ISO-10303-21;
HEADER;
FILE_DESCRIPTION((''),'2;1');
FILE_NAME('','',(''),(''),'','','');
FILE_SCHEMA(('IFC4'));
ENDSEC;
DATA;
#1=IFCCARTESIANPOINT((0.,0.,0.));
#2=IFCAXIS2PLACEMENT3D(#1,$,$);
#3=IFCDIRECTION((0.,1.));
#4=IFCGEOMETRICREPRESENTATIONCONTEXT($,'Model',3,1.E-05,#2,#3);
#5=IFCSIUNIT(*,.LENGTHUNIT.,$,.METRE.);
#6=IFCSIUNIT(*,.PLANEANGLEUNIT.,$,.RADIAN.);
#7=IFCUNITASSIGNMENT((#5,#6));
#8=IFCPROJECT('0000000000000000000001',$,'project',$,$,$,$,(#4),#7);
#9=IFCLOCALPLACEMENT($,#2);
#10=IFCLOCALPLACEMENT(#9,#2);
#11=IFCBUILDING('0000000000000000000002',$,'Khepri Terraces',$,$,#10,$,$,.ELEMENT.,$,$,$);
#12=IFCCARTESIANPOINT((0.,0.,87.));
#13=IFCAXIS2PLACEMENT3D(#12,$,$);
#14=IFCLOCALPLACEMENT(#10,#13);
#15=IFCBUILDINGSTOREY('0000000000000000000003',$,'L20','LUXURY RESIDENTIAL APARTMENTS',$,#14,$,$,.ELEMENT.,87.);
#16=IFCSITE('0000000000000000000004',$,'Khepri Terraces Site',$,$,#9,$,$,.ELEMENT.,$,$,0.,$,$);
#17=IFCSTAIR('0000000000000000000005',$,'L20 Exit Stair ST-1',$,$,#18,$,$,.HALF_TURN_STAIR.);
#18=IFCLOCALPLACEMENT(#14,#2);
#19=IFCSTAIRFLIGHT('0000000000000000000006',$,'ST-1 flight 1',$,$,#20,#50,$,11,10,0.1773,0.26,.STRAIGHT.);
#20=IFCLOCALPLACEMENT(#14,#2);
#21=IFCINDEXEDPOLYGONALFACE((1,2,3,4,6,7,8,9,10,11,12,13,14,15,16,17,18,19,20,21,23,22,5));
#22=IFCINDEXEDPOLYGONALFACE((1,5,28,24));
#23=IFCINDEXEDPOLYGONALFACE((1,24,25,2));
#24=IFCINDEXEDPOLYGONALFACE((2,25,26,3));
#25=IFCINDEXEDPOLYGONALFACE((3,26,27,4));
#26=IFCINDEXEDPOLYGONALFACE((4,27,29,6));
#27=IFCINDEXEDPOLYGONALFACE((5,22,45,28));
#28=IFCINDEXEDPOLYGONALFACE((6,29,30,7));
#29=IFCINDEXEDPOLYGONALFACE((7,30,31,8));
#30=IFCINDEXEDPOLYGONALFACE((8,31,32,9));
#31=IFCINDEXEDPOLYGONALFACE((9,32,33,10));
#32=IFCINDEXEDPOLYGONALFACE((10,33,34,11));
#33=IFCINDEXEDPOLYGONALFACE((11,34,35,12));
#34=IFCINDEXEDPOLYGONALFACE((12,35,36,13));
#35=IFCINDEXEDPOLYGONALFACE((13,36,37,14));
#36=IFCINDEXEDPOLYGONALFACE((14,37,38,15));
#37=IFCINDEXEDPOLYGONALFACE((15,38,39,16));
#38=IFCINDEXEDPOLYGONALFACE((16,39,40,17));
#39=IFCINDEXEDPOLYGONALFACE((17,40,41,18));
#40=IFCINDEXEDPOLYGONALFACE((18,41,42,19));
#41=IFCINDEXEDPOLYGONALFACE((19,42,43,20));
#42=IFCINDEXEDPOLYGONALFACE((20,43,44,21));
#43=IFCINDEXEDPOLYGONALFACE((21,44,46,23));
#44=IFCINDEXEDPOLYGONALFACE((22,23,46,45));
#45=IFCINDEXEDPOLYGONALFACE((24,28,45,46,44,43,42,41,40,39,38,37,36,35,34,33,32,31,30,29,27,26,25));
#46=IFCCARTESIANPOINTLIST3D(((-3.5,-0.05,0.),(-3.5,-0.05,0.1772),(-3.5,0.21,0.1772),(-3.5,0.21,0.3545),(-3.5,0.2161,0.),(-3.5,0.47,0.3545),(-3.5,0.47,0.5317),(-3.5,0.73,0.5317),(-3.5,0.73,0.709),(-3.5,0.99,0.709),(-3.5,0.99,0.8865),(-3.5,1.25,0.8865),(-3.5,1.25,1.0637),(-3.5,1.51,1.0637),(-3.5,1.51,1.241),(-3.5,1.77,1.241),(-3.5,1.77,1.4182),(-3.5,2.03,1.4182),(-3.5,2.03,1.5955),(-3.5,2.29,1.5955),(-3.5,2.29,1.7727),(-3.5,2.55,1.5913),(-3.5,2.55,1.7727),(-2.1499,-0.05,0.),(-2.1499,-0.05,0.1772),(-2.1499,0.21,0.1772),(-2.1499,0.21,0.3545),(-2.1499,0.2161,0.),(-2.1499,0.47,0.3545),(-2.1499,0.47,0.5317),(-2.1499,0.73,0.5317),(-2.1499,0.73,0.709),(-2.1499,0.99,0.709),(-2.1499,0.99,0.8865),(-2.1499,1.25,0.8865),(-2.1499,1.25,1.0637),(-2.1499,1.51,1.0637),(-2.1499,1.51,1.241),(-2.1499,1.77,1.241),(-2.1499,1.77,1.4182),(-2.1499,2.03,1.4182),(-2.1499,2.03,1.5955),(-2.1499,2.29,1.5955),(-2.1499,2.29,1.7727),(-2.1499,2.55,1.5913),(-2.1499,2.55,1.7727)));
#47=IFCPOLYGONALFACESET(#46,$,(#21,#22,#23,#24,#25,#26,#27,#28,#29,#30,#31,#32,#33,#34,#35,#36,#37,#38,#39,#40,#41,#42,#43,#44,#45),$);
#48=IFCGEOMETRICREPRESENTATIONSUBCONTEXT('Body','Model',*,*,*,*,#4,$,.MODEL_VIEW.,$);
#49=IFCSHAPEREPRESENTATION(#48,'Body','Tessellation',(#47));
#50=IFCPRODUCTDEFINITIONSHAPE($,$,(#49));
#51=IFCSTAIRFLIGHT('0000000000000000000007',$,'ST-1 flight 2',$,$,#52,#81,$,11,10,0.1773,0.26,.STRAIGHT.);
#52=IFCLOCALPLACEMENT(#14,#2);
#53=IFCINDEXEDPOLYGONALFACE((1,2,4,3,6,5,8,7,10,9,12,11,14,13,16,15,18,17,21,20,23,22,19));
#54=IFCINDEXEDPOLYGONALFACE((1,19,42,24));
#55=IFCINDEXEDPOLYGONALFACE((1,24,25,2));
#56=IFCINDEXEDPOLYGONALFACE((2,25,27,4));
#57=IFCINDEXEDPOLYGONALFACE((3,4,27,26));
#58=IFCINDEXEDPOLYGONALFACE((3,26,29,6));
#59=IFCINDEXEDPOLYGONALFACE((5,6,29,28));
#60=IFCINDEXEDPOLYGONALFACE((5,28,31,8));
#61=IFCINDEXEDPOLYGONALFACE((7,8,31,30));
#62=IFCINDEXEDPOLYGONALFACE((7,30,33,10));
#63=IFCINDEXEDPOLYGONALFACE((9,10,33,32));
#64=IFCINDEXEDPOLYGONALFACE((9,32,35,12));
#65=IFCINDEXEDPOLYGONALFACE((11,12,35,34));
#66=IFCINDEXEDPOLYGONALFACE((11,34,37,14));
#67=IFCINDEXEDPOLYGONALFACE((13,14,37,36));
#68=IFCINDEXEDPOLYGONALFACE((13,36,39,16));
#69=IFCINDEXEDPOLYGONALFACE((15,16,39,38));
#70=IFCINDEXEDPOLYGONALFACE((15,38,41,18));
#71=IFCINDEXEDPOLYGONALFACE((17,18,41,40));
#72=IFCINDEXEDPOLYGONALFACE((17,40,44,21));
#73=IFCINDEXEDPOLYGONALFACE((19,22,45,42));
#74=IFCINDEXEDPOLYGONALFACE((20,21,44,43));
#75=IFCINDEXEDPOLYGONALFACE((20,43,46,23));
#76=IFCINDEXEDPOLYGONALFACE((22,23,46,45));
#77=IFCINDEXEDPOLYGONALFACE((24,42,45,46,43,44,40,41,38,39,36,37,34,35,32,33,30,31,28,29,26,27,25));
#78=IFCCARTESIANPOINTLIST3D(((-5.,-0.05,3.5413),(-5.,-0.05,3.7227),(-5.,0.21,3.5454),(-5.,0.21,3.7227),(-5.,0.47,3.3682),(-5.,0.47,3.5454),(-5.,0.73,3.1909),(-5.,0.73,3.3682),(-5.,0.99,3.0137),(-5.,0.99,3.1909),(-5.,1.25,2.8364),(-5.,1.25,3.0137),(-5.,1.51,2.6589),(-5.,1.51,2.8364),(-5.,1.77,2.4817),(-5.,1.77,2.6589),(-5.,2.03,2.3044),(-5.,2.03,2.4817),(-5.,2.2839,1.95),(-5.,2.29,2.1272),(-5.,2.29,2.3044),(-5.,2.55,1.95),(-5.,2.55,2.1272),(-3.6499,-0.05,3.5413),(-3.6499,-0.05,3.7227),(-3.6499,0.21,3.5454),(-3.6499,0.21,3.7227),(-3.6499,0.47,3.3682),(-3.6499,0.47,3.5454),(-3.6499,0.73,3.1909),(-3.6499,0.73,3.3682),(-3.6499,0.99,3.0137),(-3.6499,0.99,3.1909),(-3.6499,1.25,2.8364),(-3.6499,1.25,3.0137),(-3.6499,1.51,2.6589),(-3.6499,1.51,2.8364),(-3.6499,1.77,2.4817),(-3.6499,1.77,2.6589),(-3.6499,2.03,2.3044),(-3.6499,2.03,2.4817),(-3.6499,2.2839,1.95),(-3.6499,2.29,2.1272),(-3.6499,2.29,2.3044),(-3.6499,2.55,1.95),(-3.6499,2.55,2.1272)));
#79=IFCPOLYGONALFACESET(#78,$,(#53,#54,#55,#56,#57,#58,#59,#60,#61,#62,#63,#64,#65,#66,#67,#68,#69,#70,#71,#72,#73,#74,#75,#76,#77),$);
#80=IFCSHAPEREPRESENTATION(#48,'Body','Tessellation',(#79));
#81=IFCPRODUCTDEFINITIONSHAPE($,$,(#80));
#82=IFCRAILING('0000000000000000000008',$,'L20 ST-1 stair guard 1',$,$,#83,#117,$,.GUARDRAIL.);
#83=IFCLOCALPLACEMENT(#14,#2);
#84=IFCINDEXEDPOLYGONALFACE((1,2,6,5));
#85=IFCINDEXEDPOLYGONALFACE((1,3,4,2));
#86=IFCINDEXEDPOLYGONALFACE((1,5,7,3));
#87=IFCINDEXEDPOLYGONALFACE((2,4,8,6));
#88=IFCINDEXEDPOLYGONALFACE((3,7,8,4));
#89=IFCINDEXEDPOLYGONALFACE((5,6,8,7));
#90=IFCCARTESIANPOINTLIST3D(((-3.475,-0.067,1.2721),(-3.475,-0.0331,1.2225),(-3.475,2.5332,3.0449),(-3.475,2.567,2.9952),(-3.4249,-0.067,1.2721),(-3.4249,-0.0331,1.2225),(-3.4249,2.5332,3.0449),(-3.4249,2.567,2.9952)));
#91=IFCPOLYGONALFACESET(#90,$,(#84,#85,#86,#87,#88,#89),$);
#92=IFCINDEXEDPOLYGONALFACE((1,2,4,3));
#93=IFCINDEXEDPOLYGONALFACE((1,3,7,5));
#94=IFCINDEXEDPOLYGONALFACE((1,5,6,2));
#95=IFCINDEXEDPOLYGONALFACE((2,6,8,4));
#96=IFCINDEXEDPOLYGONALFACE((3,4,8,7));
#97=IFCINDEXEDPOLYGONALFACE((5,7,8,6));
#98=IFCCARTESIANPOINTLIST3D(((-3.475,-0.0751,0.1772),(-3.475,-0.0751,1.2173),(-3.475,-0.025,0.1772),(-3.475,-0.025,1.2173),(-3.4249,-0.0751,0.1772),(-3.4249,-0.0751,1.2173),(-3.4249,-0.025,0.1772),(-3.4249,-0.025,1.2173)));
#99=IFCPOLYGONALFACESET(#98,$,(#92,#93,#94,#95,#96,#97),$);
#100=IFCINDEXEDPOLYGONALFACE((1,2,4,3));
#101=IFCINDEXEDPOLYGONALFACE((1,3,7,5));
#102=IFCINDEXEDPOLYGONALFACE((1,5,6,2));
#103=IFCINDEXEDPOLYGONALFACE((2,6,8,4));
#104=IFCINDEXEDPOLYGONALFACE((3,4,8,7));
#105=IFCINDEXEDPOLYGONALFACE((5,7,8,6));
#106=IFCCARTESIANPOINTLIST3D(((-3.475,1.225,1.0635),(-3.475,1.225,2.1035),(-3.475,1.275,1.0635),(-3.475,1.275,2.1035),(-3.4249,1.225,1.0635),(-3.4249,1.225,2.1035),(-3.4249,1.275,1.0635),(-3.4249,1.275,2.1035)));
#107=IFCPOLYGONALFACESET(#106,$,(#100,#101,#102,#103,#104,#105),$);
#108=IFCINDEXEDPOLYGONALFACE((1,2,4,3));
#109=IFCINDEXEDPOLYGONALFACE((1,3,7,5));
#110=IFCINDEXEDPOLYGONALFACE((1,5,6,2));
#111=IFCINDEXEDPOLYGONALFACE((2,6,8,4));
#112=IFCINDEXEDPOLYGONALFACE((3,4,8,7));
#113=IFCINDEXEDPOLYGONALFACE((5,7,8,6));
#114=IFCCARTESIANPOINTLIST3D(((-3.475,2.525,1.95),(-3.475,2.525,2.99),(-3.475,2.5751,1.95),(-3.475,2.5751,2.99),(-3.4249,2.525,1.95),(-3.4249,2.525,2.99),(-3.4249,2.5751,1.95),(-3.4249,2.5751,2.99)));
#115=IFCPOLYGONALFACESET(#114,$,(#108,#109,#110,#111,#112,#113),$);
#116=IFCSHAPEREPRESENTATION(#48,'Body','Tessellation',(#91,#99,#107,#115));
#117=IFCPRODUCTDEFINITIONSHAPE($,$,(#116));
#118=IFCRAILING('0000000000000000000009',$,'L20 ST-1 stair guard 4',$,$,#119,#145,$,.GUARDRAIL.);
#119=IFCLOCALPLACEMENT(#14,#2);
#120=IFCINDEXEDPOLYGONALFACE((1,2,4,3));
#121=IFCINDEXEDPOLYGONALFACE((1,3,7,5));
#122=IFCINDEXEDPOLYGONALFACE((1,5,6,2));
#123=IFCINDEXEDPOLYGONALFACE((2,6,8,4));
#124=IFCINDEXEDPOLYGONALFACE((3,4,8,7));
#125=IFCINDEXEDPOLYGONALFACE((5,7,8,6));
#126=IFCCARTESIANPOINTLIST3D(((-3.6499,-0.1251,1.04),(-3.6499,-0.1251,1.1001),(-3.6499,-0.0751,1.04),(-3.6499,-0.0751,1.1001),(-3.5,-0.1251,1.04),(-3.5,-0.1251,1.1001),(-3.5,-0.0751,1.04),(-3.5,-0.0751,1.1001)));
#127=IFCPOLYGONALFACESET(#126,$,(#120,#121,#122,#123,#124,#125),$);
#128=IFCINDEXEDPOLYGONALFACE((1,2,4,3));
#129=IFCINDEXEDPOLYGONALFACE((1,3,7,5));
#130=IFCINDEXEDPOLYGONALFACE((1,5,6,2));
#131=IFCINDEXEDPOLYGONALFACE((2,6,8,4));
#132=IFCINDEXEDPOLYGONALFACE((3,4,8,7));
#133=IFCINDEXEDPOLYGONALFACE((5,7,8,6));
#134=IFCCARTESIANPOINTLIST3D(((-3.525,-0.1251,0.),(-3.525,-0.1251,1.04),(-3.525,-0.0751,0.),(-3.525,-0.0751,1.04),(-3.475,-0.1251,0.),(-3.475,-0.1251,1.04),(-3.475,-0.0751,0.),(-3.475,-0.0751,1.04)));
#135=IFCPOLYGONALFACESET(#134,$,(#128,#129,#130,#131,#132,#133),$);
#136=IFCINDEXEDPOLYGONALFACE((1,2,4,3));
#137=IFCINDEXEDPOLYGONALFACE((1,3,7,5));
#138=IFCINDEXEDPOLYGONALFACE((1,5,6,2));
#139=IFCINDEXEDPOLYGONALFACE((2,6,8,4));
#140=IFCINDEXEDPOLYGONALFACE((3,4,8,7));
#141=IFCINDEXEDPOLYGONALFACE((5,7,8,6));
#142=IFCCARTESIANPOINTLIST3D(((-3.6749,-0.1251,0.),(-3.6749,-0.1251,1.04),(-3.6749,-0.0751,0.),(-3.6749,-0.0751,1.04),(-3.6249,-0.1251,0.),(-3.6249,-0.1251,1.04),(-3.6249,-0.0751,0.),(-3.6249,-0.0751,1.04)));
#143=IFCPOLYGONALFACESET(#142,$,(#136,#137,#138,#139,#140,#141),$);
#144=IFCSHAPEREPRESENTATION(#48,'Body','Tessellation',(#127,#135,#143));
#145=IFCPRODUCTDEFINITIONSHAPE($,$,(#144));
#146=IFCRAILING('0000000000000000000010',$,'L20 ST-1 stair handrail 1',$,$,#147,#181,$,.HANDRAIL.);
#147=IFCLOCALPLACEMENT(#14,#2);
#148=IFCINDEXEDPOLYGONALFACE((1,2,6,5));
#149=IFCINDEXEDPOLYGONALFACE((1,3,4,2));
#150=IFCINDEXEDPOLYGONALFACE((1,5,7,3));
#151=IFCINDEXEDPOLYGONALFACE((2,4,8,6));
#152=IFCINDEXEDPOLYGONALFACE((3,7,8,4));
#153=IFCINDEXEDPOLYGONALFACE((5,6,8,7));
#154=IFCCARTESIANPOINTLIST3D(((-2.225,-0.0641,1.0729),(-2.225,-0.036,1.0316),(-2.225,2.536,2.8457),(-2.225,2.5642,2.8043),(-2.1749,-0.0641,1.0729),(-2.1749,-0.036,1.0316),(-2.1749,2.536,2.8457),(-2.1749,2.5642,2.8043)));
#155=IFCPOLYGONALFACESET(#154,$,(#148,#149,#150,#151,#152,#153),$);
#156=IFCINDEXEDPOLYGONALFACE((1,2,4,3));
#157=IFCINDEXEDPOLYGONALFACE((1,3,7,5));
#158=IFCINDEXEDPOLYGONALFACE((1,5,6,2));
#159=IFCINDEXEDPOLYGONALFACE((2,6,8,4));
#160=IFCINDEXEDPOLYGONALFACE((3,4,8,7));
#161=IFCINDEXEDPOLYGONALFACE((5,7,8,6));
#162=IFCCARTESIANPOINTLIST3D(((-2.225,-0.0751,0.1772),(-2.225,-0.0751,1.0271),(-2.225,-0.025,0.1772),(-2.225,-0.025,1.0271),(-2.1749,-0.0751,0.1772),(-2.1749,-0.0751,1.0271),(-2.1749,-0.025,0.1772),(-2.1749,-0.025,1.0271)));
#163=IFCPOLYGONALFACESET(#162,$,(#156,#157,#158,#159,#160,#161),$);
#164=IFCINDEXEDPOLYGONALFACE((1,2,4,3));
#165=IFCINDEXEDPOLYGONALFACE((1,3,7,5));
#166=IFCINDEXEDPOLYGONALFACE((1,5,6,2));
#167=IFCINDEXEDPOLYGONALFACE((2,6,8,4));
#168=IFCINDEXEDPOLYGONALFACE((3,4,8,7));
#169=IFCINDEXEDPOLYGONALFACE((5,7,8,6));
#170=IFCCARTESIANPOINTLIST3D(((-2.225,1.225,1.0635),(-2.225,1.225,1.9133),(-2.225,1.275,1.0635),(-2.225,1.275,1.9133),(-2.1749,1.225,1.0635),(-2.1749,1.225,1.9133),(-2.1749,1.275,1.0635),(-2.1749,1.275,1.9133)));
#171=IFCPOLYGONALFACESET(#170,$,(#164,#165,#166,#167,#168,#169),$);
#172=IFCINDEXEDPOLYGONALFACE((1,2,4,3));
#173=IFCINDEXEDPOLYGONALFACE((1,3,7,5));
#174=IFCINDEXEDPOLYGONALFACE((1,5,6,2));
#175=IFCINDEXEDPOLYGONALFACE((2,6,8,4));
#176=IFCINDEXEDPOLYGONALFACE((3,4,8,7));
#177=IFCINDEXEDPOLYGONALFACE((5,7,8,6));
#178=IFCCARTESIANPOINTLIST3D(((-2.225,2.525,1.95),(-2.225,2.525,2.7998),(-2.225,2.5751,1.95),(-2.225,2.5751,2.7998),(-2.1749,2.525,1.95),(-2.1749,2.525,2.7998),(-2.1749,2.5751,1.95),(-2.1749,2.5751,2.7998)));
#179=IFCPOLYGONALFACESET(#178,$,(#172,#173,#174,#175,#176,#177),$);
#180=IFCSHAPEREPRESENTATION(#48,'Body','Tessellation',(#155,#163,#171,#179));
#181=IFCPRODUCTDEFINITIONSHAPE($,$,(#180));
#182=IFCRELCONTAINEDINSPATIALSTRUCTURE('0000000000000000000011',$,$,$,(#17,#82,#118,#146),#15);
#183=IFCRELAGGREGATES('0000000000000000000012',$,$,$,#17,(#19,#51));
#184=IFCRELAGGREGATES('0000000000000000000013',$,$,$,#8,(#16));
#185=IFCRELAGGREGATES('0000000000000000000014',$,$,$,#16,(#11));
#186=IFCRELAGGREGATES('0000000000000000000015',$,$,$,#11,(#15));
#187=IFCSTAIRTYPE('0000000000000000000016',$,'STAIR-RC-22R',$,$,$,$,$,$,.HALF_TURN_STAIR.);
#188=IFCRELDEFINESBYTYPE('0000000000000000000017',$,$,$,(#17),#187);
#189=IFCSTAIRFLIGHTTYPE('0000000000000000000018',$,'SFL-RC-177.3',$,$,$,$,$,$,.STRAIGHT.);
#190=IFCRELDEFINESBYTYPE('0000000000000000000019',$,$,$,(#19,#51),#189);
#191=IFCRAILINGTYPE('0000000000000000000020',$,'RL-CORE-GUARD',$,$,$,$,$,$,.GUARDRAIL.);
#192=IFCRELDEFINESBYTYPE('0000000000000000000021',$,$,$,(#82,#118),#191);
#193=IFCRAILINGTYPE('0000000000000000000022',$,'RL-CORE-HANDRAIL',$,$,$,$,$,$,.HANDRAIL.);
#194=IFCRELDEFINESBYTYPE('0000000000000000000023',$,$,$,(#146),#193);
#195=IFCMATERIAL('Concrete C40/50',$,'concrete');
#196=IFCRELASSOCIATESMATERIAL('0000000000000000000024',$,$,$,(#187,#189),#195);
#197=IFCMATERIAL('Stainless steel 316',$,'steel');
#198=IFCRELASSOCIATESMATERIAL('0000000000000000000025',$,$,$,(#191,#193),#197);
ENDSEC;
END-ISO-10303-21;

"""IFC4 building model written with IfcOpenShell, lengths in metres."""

from ifc_helpers import new_model, si_unit, direction, frame, origin, origin_2d, place, context, subcontext, project, spatial, polyline, rectangle, outline, extrude, material, type_object, element, aggregate, save


model = new_model("IFC4")

# Units and contexts
model_context = context("Model", 3, precision=1e-05, world=origin(), true_north=direction((0.0, 1.0)))
body_context = subcontext(model_context, "Body", "Model", "MODEL_VIEW")
ifc_project = project(units=[si_unit("LENGTHUNIT", "METRE"), si_unit("PLANEANGLEUNIT", "RADIAN")], contexts=[model_context])

# Site, building, storey
site_placement = place(None, origin())
site = spatial("IfcSite", under=ifc_project, at=site_placement, Name="Khepri Terraces Site", CompositionType="ELEMENT", RefElevation=0.0)
building_placement = place(site_placement, origin())
building = spatial("IfcBuilding", under=site, at=building_placement, Name="Khepri Terraces", CompositionType="ELEMENT")
storey_placement = place(building_placement, frame((0.0, 0.0, 87.0)))
storey = spatial("IfcBuildingStorey", under=building, at=storey_placement, Name="L20", Description="LUXURY RESIDENTIAL APARTMENTS", CompositionType="ELEMENT", Elevation=87.0)

# Stair, stair flights
ifc_material_1 = material(Name="Concrete C40/50", Category="concrete")
stair_type = type_object("IfcStairType", Name="STAIR-RC-22R", PredefinedType="HALF_TURN_STAIR", material=ifc_material_1)
stair_placement = place(storey_placement, origin())
stair = element("IfcStair", 1, at=stair_placement, inside=storey, type_object=stair_type, Name="L20 Exit Stair ST-1", PredefinedType="HALF_TURN_STAIR")
stair_flight_type = type_object("IfcStairFlightType", Name="SFL-RC-177.3", PredefinedType="STRAIGHT", material=ifc_material_1)
stair_flight_1_placement = place(storey_placement, frame((-2.825, -0.05, 0.0), z_axis=(0.0, 0.0, 1.0), x_axis=(0.0, 1.0, 0.0)))
stair_flight_1 = element("IfcStairFlight", 2, at=stair_flight_1_placement, type_object=stair_flight_type, Name="ST-1 flight 1", NumberOfRisers=11, NumberOfTreads=10, PredefinedType="STRAIGHT", RiserHeight=0.1773, TreadLength=0.26, context=body_context, shape_type="SweptSolid", body=[
    extrude(outline(polyline([(0.0, 0.0), (0.0, 0.1772), (0.26, 0.1772), (0.26, 0.3545), (0.52, 0.3545), (0.52, 0.5317), (0.78, 0.5317), (0.78, 0.709), (1.04, 0.709), (1.04, 0.8865), (1.3, 0.8865), (1.3, 1.0637), (1.5601, 1.0637), (1.5601, 1.241), (1.8201, 1.241), (1.8201, 1.4182), (2.0801, 1.4182), (2.0801, 1.5955), (2.3401, 1.5955), (2.3401, 1.7727), (2.6001, 1.7727), (2.6001, 1.95), (2.6001, 1.5913), (0.2661, 0.0), (0.0, 0.0)])), frame((0.0, 0.675, 0.0), z_axis=(0.0, -1.0, 0.0), x_axis=(1.0, 0.0, 0.0)), (0.0, 0.0, 1.0), 1.3501),
])
stair_flight_2_placement = place(storey_placement, frame((-4.325, 2.55, 1.95), z_axis=(0.0, 0.0, 1.0), x_axis=(0.0, -1.0, 0.0)))
stair_flight_2 = element("IfcStairFlight", 3, at=stair_flight_2_placement, type_object=stair_flight_type, Name="ST-1 flight 2", NumberOfRisers=11, NumberOfTreads=10, PredefinedType="STRAIGHT", RiserHeight=0.1773, TreadLength=0.26, context=body_context, shape_type="SweptSolid", body=[
    extrude(outline(polyline([(0.0, 0.0), (0.0, 0.1772), (0.26, 0.1772), (0.26, 0.3545), (0.52, 0.3545), (0.52, 0.5317), (0.78, 0.5317), (0.78, 0.709), (1.04, 0.709), (1.04, 0.8865), (1.3, 0.8865), (1.3, 1.0637), (1.5601, 1.0637), (1.5601, 1.241), (1.8201, 1.241), (1.8201, 1.4182), (2.0801, 1.4182), (2.0801, 1.5955), (2.3401, 1.5955), (2.3401, 1.7727), (2.6001, 1.7727), (2.6001, 1.95), (2.6001, 1.5913), (0.2661, 0.0), (0.0, 0.0)])), frame((0.0, 0.675, 0.0), z_axis=(0.0, -1.0, 0.0), x_axis=(1.0, 0.0, 0.0)), (0.0, 0.0, 1.0), 1.3501),
])
aggregate(stair, [stair_flight_1, stair_flight_2])

# Railings
ifc_material_2 = material(Name="Stainless steel 316", Category="steel")
railing_type_1 = type_object("IfcRailingType", Name="RL-CORE-GUARD", PredefinedType="GUARDRAIL", material=ifc_material_2)
railing_1_placement = place(storey_placement, frame((-3.45, -0.05, 0.1772)))
element("IfcRailing", 4, at=railing_1_placement, inside=storey, type_object=railing_type_1, Name="L20 ST-1 stair guard 1", PredefinedType="GUARDRAIL", context=body_context, shape_type="SweptSolid", body=[
    extrude(rectangle(XDim=0.05, YDim=0.0601, at=origin_2d()), frame((0.0, 0.0, 1.0701), z_axis=(0.0, 0.82624, 0.563318), x_axis=(-1.0, 0.0, 0.0)), (0.0, 0.0, 1.0), 3.147),
    extrude(rectangle(XDim=0.05, YDim=0.05, at=origin_2d()), origin(), (0.0, 0.0, 1.0), 1.04),
    extrude(rectangle(XDim=0.05, YDim=0.05, at=origin_2d()), frame((0.0, 1.3, 0.8862)), (0.0, 0.0, 1.0), 1.04),
    extrude(rectangle(XDim=0.05, YDim=0.05, at=origin_2d()), frame((0.0, 2.6001, 1.7727)), (0.0, 0.0, 1.0), 1.04),
])
railing_2_placement = place(storey_placement, frame((-3.5, -0.1001, 0.0)))
element("IfcRailing", 5, at=railing_2_placement, inside=storey, type_object=railing_type_1, Name="L20 ST-1 stair guard 4", PredefinedType="GUARDRAIL", context=body_context, shape_type="SweptSolid", body=[
    extrude(rectangle(XDim=0.05, YDim=0.0601, at=origin_2d()), frame((0.0, 0.0, 1.0701), z_axis=(-1.0, 0.0, 0.0), x_axis=(0.0, -1.0, 0.0)), (0.0, 0.0, 1.0), 0.1499),
    extrude(rectangle(XDim=0.05, YDim=0.05, at=origin_2d()), origin(), (0.0, 0.0, 1.0), 1.04),
    extrude(rectangle(XDim=0.05, YDim=0.05, at=origin_2d()), frame((-0.1499, 0.0, 0.0)), (0.0, 0.0, 1.0), 1.04),
])
railing_type_2 = type_object("IfcRailingType", Name="RL-CORE-HANDRAIL", PredefinedType="HANDRAIL", material=ifc_material_2)
railing_3_placement = place(storey_placement, frame((-2.2, -0.05, 0.1772)))
element("IfcRailing", 6, at=railing_3_placement, inside=storey, type_object=railing_type_2, Name="L20 ST-1 stair handrail 1", PredefinedType="HANDRAIL", context=body_context, shape_type="SweptSolid", body=[
    extrude(rectangle(XDim=0.05, YDim=0.05, at=origin_2d()), frame((0.0, 0.0, 0.875), z_axis=(0.0, 0.82624, 0.563318), x_axis=(-1.0, 0.0, 0.0)), (0.0, 0.0, 1.0), 3.147),
    extrude(rectangle(XDim=0.05, YDim=0.05, at=origin_2d()), origin(), (0.0, 0.0, 1.0), 0.8499),
    extrude(rectangle(XDim=0.05, YDim=0.05, at=origin_2d()), frame((0.0, 1.3, 0.8862)), (0.0, 0.0, 1.0), 0.8499),
    extrude(rectangle(XDim=0.05, YDim=0.05, at=origin_2d()), frame((0.0, 2.6001, 1.7727)), (0.0, 0.0, 1.0), 0.8499),
])

save(model, "model.ifc")
